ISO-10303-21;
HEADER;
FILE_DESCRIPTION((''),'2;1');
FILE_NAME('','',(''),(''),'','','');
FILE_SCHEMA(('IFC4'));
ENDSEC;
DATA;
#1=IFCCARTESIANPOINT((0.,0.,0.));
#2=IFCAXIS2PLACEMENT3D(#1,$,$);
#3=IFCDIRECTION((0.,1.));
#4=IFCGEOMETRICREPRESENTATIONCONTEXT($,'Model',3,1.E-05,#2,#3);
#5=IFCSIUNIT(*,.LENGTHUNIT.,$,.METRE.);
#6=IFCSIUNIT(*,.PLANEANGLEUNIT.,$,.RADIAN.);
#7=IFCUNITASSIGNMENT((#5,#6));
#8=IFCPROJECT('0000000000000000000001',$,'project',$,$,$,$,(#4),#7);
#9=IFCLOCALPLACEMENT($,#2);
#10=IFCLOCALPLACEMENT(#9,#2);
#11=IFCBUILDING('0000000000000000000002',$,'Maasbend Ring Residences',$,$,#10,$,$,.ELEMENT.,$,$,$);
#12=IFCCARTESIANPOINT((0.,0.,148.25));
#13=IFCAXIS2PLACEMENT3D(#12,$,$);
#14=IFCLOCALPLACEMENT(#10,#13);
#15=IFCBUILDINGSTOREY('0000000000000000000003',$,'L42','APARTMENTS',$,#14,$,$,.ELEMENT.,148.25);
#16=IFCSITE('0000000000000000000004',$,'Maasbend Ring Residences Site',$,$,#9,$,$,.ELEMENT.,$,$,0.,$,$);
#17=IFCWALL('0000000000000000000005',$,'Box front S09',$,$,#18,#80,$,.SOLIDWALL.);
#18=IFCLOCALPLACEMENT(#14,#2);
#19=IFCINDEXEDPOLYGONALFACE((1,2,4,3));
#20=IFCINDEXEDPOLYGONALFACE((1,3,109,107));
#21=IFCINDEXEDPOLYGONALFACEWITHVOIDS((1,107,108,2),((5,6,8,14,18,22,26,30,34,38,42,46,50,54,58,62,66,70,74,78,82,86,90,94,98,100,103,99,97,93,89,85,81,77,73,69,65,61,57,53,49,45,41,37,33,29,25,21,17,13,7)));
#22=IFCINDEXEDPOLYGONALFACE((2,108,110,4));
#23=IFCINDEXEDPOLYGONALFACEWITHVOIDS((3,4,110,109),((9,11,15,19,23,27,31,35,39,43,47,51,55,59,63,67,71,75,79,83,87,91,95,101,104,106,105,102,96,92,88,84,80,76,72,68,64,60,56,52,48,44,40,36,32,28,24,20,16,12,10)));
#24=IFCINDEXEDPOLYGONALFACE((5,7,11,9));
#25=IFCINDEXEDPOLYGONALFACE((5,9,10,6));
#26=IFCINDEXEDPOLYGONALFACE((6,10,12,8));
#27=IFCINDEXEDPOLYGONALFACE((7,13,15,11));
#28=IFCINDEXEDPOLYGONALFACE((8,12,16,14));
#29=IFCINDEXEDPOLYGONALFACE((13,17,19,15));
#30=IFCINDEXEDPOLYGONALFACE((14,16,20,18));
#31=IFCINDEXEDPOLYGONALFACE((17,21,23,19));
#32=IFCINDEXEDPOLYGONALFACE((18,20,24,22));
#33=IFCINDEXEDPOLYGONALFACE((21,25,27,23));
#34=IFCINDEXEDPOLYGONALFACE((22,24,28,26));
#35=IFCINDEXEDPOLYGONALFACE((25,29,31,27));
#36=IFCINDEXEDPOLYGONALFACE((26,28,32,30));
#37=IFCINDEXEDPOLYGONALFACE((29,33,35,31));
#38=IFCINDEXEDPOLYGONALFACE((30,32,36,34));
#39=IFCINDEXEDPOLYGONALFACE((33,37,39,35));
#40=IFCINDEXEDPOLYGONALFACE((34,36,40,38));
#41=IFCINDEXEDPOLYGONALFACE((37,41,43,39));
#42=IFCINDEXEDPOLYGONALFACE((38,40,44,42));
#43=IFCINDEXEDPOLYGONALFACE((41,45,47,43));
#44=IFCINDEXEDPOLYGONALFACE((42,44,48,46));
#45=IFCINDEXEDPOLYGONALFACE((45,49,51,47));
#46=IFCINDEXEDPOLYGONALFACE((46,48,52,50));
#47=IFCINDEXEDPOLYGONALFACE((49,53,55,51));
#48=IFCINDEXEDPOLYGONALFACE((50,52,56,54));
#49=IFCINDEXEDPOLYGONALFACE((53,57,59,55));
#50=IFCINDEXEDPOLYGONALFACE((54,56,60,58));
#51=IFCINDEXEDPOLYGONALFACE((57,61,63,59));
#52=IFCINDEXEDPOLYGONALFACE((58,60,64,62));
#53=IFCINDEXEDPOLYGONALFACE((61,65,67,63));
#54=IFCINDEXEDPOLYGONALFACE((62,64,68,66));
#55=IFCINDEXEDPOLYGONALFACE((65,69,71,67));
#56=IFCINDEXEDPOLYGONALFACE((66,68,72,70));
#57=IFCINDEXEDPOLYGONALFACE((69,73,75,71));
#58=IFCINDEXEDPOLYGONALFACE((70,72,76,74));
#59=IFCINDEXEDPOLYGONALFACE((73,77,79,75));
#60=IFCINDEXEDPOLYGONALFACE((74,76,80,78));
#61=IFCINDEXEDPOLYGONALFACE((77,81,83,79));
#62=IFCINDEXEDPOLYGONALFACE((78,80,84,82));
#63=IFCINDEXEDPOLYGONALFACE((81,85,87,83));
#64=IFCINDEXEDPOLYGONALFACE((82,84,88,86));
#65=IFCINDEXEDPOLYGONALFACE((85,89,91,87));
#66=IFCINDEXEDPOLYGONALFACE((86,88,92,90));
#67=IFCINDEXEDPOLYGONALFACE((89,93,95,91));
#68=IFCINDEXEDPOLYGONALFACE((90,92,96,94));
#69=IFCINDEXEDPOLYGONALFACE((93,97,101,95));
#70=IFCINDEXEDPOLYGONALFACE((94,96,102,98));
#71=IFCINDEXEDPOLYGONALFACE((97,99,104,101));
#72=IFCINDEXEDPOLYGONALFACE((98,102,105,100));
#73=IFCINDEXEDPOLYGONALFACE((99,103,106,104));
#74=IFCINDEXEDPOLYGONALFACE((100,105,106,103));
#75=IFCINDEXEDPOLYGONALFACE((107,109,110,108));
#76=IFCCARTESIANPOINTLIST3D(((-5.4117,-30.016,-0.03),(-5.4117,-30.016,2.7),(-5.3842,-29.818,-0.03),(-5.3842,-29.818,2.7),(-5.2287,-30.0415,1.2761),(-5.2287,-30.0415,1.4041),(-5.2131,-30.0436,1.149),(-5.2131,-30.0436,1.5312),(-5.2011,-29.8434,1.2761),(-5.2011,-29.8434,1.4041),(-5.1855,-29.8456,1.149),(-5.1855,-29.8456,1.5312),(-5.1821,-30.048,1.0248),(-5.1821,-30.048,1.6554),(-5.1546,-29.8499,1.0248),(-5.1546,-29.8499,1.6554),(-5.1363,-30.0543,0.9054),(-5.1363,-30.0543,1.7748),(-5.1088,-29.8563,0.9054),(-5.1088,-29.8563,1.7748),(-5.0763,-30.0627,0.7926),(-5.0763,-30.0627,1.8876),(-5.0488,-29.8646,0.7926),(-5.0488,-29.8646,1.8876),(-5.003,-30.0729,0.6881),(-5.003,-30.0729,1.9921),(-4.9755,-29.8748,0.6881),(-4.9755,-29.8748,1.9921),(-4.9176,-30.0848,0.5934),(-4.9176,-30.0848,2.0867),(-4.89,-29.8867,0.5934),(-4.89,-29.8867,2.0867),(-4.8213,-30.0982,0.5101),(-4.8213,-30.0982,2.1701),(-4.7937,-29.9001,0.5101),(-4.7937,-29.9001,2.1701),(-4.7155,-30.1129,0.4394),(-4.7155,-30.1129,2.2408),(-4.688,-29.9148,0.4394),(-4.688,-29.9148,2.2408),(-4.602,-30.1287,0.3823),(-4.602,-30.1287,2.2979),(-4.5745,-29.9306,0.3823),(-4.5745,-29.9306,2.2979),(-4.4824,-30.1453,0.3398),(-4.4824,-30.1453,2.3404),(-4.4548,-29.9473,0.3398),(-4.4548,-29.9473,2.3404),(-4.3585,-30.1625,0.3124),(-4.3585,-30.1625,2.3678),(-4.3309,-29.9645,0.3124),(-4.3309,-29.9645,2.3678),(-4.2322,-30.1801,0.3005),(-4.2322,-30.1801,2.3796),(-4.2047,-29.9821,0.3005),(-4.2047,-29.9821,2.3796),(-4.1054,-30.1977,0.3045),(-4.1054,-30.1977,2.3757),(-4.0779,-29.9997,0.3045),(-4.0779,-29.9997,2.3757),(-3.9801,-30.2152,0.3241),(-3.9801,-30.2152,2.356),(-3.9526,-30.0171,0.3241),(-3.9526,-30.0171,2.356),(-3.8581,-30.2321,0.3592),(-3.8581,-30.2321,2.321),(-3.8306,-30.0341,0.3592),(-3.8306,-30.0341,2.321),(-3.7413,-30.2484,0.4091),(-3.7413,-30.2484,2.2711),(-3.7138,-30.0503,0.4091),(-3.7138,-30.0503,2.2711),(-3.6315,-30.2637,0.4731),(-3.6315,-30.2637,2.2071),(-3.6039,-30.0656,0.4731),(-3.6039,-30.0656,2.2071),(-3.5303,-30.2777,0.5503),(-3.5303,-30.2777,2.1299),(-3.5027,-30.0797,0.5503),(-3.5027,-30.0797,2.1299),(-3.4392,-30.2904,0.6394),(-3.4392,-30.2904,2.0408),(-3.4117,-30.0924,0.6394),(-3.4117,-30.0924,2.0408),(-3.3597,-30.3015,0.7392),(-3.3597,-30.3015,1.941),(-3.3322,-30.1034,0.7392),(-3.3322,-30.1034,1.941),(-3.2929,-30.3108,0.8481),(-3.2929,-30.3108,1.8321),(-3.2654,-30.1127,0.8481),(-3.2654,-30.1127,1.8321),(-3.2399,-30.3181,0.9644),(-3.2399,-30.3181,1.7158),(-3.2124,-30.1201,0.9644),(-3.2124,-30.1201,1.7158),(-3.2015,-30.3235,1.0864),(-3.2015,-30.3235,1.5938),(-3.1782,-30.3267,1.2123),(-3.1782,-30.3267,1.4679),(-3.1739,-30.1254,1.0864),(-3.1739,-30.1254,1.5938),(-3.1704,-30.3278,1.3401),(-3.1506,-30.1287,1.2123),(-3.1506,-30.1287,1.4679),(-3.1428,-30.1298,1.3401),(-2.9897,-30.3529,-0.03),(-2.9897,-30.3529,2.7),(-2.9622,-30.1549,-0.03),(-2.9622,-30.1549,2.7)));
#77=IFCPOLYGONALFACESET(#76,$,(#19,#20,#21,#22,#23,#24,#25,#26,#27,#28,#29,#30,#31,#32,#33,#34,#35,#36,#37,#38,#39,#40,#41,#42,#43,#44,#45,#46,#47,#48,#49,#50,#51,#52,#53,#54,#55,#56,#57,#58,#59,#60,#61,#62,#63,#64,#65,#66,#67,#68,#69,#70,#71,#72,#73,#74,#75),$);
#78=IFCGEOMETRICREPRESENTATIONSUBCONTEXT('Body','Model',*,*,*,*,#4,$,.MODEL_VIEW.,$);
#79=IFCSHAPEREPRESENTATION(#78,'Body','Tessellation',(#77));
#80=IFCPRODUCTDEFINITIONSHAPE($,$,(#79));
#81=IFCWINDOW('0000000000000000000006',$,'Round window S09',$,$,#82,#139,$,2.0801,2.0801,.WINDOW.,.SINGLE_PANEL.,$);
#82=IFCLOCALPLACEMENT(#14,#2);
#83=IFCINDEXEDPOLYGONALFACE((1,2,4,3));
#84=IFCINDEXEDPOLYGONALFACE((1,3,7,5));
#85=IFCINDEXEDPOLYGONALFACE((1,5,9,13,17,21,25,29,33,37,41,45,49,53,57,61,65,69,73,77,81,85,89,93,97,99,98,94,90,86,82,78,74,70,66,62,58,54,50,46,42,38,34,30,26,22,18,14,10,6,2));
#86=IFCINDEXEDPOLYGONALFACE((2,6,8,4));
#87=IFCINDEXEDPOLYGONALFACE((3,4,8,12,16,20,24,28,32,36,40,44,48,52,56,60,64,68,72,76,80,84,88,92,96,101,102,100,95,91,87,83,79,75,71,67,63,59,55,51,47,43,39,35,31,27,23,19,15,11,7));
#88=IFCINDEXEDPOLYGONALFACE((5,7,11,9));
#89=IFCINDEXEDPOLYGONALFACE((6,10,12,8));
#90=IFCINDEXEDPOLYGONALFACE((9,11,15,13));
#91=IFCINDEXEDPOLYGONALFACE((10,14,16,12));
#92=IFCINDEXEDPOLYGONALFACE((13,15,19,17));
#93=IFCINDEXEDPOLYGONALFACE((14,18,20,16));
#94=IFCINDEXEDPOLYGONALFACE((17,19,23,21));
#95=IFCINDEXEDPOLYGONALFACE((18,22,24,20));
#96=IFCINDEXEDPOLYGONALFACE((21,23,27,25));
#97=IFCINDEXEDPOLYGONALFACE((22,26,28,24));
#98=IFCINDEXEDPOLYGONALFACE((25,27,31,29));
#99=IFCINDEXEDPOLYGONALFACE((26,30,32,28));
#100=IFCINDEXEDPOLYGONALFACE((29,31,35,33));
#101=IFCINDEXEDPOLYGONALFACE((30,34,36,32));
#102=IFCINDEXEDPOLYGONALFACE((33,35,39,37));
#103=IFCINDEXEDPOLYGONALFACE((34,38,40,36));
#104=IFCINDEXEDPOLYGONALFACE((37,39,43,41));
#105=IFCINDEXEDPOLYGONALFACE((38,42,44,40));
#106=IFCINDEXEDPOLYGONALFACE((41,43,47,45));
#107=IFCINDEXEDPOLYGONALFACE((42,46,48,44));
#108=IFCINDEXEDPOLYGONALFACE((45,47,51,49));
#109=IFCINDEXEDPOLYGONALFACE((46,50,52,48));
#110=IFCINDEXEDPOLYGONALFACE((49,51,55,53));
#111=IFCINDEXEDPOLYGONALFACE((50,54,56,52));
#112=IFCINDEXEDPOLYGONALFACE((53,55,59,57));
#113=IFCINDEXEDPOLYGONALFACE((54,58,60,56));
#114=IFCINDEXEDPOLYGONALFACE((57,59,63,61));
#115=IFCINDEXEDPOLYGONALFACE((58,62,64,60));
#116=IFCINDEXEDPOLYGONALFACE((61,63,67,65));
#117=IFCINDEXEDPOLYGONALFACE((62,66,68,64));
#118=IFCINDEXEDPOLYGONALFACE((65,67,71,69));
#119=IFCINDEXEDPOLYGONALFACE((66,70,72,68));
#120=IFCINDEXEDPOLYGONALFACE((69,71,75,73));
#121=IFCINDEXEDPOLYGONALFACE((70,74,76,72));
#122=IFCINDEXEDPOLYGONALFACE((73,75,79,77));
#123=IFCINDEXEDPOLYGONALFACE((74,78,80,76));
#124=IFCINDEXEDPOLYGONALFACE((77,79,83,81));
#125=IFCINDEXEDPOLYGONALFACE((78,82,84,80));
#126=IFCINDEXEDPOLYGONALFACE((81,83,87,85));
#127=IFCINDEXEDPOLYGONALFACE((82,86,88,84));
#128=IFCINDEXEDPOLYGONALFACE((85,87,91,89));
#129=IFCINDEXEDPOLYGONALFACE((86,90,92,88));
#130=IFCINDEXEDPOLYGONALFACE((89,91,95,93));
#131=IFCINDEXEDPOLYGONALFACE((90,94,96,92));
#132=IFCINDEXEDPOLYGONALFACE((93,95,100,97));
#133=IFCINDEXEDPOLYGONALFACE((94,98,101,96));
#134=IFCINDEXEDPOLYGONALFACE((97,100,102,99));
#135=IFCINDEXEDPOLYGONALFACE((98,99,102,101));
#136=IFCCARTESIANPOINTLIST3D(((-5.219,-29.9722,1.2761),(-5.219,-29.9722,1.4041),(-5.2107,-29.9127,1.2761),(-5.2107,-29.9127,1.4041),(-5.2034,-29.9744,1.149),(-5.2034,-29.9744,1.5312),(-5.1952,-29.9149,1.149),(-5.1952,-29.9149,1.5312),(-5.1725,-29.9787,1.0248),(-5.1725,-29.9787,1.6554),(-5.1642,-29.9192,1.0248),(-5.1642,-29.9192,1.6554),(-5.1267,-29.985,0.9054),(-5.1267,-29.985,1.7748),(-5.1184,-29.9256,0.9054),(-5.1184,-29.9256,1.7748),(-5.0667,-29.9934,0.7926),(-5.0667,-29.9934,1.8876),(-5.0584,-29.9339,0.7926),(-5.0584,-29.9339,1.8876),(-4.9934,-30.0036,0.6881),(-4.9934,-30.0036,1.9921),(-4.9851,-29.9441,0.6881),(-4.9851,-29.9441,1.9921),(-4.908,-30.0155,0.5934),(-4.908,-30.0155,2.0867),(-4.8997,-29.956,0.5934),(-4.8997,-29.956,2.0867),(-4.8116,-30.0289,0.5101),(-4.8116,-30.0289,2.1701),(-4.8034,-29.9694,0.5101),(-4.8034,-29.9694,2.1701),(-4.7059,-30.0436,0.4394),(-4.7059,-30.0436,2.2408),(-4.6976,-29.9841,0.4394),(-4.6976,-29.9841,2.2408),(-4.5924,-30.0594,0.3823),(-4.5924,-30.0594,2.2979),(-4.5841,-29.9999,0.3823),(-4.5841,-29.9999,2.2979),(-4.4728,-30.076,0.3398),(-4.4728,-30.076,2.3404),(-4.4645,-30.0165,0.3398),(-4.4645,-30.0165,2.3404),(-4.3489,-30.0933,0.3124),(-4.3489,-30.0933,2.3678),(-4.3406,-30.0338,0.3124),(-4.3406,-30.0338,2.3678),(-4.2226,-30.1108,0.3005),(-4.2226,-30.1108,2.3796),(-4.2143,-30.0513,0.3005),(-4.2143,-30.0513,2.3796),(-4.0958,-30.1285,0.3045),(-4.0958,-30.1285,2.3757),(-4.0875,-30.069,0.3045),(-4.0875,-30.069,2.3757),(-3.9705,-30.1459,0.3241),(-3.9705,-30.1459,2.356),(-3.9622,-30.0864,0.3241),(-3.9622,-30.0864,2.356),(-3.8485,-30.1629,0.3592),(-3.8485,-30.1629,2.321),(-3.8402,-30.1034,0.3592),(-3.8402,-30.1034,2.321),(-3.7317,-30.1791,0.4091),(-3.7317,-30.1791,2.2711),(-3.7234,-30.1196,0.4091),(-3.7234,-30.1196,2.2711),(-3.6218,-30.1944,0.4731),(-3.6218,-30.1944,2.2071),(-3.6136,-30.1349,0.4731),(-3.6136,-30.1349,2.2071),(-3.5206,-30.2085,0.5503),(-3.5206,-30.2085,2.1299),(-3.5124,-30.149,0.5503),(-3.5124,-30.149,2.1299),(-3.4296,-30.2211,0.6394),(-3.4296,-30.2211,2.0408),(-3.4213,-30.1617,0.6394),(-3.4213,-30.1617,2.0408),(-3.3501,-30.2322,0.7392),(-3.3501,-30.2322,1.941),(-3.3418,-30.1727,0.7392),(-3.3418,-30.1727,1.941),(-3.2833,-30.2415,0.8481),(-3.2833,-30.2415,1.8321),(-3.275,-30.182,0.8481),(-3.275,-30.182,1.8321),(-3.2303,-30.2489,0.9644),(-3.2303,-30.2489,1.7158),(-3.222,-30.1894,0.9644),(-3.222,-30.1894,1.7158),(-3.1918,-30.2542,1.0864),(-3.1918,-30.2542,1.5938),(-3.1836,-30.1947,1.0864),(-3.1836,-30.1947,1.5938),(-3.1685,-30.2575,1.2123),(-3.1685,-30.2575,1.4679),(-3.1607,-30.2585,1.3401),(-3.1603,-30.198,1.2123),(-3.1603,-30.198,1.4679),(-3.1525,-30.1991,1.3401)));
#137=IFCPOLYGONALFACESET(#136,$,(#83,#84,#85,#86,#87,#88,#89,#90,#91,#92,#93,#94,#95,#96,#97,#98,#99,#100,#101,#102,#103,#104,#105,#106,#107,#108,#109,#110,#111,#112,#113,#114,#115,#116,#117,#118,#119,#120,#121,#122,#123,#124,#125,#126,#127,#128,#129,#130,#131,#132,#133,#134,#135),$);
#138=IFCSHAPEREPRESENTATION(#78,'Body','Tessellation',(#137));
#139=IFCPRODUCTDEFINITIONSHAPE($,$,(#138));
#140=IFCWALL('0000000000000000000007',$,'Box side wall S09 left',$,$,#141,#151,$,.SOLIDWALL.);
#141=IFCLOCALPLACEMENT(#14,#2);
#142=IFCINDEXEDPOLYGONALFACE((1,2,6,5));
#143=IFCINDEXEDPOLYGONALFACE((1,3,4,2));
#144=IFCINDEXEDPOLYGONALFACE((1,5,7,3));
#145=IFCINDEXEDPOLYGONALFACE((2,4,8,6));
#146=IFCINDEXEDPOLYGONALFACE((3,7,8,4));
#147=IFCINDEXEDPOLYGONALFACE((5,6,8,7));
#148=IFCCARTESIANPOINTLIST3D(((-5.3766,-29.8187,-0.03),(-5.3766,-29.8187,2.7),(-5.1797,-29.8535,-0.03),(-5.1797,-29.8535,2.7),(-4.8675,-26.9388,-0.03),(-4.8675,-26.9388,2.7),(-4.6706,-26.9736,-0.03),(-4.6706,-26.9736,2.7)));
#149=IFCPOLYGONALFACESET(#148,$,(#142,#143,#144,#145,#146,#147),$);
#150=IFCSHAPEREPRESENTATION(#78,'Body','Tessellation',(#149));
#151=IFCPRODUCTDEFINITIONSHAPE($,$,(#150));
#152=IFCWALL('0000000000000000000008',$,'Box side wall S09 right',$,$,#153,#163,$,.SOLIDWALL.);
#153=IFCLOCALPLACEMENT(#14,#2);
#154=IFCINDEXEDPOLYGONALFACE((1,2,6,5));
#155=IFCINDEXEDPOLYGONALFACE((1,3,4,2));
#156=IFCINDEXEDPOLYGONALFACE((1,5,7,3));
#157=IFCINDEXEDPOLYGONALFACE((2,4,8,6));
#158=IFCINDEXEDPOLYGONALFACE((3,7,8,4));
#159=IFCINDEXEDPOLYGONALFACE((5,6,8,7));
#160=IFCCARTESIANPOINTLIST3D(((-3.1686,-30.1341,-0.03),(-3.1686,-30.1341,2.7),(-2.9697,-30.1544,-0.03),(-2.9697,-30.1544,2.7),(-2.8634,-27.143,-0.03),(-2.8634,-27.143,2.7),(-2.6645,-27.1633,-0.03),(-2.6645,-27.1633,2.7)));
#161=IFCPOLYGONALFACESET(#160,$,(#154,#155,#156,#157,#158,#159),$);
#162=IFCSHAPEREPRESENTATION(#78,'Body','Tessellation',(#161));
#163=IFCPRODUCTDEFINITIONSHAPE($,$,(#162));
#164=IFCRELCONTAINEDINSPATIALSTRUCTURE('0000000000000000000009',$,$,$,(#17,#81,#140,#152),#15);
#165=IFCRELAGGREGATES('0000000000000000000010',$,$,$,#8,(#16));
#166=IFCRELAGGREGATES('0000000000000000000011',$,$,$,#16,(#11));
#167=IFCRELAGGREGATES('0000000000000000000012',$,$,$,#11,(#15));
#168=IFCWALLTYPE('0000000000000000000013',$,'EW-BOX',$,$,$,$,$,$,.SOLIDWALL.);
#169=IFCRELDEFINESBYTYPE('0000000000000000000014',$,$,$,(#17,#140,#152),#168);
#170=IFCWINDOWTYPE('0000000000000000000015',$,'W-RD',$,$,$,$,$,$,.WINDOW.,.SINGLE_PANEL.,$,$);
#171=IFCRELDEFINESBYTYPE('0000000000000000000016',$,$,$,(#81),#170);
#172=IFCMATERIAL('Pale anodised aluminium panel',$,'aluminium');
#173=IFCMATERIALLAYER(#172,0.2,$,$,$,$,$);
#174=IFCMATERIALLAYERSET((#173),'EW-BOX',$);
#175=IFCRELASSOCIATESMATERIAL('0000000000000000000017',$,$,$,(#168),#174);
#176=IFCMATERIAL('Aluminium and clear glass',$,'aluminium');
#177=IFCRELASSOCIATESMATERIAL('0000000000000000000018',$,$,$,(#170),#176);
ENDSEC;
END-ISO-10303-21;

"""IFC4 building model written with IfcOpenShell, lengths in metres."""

from ifc_helpers import new_model, si_unit, direction, frame, frame_2d, origin, place, context, subcontext, project, spatial, rectangle, circle, extrude, material, layer, layer_set, type_object, element, fill, save


model = new_model("IFC4")

# Units and contexts
model_context = context("Model", 3, precision=1e-05, world=origin(), true_north=direction((0.0, 1.0)))
body_context = subcontext(model_context, "Body", "Model", "MODEL_VIEW")
ifc_project = project(units=[si_unit("LENGTHUNIT", "METRE"), si_unit("PLANEANGLEUNIT", "RADIAN")], contexts=[model_context])

# Site, building, storey
site_placement = place(None, origin())
site = spatial("IfcSite", under=ifc_project, at=site_placement, Name="Maasbend Ring Residences Site", CompositionType="ELEMENT", RefElevation=0.0)
building_placement = place(site_placement, origin())
building = spatial("IfcBuilding", under=site, at=building_placement, Name="Maasbend Ring Residences", CompositionType="ELEMENT")
storey_placement = place(building_placement, frame((0.0, 0.0, 148.25)))
storey = spatial("IfcBuildingStorey", under=building, at=storey_placement, Name="L42", Description="APARTMENTS", CompositionType="ELEMENT", Elevation=148.25)

# Shared definitions
ifc_material_1 = material(Name="Pale anodised aluminium panel", Category="aluminium")
ifc_layer_1 = layer(ifc_material_1, 0.2)
ifc_layer_set_1 = layer_set([ifc_layer_1], Name="EW-BOX")
wall_type_1 = type_object("IfcWallType", Name="EW-BOX", PredefinedType="SOLIDWALL", material=ifc_layer_set_1)
ifc_material_2 = material(Name="Aluminium and clear glass", Category="aluminium")
window_type_1 = type_object("IfcWindowType", Name="W-RD", PartitioningType="SINGLE_PANEL", PredefinedType="WINDOW", material=ifc_material_2)

# Wall, opening, window
wall_1_placement = place(storey_placement, frame((-5.3979, -29.917, -0.03), z_axis=(0.0, 0.0, 1.0), x_axis=(0.990462, -0.137786, 0.0)))
wall_1 = element("IfcWall", 1, at=wall_1_placement, inside=storey, type_object=wall_type_1, Name="Box front S09", PredefinedType="SOLIDWALL", context=body_context, shape_type="SweptSolid", body=[
    extrude(rectangle(XDim=2.4453, YDim=0.2, at=frame_2d((1.2227, 0.0))), origin(), (0.0, 0.0, 1.0), 2.73),
])
opening_1_placement = place(wall_1_placement, frame((0.1829, 0.0, 0.3301)))
opening_1 = element("IfcOpeningElement", 2, at=opening_1_placement, cuts=wall_1, PredefinedType="OPENING", context=body_context, shape_type="SweptSolid", body=[
    extrude(circle(Radius=1.04, at=frame_2d((1.04, 1.04))), frame((0.0, 0.1099, 0.0), z_axis=(0.0, -1.0, 0.0), x_axis=(1.0, 0.0, 0.0)), (0.0, 0.0, 1.0), 0.22),
])
window_1_placement = place(opening_1_placement, origin())
window_1 = element("IfcWindow", 3, at=window_1_placement, inside=storey, type_object=window_type_1, Name="Round window S09", OverallHeight=2.0801, OverallWidth=2.0801, PartitioningType="SINGLE_PANEL", PredefinedType="WINDOW", context=body_context, shape_type="SweptSolid", body=[
    extrude(circle(Radius=1.04, at=frame_2d((1.04, 1.04))), frame((0.0, 0.03, 0.0), z_axis=(0.0, -1.0, 0.0), x_axis=(1.0, 0.0, 0.0)), (0.0, 0.0, 1.0), 0.0601),
])
fill(opening_1, window_1)

# Walls
wall_2_placement = place(storey_placement, frame((-4.769, -26.9561, -0.03), z_axis=(0.0, 0.0, 1.0), x_axis=(-0.174057, -0.984736, 0.0)))
element("IfcWall", 4, at=wall_2_placement, inside=storey, type_object=wall_type_1, Name="Box side wall S09 left", PredefinedType="SOLIDWALL", context=body_context, shape_type="SweptSolid", body=[
    extrude(rectangle(XDim=2.9246, YDim=0.2, at=frame_2d((1.4624, 0.0))), origin(), (0.0, 0.0, 1.0), 2.73),
])
wall_3_placement = place(storey_placement, frame((-2.7639, -27.1531, -0.03), z_axis=(0.0, 0.0, 1.0), x_axis=(-0.101505, -0.994835, 0.0)))
element("IfcWall", 5, at=wall_3_placement, inside=storey, type_object=wall_type_1, Name="Box side wall S09 right", PredefinedType="SOLIDWALL", context=body_context, shape_type="SweptSolid", body=[
    extrude(rectangle(XDim=3.0066, YDim=0.2, at=frame_2d((1.5034, 0.0))), origin(), (0.0, 0.0, 1.0), 2.73),
])

save(model, "model.ifc")
